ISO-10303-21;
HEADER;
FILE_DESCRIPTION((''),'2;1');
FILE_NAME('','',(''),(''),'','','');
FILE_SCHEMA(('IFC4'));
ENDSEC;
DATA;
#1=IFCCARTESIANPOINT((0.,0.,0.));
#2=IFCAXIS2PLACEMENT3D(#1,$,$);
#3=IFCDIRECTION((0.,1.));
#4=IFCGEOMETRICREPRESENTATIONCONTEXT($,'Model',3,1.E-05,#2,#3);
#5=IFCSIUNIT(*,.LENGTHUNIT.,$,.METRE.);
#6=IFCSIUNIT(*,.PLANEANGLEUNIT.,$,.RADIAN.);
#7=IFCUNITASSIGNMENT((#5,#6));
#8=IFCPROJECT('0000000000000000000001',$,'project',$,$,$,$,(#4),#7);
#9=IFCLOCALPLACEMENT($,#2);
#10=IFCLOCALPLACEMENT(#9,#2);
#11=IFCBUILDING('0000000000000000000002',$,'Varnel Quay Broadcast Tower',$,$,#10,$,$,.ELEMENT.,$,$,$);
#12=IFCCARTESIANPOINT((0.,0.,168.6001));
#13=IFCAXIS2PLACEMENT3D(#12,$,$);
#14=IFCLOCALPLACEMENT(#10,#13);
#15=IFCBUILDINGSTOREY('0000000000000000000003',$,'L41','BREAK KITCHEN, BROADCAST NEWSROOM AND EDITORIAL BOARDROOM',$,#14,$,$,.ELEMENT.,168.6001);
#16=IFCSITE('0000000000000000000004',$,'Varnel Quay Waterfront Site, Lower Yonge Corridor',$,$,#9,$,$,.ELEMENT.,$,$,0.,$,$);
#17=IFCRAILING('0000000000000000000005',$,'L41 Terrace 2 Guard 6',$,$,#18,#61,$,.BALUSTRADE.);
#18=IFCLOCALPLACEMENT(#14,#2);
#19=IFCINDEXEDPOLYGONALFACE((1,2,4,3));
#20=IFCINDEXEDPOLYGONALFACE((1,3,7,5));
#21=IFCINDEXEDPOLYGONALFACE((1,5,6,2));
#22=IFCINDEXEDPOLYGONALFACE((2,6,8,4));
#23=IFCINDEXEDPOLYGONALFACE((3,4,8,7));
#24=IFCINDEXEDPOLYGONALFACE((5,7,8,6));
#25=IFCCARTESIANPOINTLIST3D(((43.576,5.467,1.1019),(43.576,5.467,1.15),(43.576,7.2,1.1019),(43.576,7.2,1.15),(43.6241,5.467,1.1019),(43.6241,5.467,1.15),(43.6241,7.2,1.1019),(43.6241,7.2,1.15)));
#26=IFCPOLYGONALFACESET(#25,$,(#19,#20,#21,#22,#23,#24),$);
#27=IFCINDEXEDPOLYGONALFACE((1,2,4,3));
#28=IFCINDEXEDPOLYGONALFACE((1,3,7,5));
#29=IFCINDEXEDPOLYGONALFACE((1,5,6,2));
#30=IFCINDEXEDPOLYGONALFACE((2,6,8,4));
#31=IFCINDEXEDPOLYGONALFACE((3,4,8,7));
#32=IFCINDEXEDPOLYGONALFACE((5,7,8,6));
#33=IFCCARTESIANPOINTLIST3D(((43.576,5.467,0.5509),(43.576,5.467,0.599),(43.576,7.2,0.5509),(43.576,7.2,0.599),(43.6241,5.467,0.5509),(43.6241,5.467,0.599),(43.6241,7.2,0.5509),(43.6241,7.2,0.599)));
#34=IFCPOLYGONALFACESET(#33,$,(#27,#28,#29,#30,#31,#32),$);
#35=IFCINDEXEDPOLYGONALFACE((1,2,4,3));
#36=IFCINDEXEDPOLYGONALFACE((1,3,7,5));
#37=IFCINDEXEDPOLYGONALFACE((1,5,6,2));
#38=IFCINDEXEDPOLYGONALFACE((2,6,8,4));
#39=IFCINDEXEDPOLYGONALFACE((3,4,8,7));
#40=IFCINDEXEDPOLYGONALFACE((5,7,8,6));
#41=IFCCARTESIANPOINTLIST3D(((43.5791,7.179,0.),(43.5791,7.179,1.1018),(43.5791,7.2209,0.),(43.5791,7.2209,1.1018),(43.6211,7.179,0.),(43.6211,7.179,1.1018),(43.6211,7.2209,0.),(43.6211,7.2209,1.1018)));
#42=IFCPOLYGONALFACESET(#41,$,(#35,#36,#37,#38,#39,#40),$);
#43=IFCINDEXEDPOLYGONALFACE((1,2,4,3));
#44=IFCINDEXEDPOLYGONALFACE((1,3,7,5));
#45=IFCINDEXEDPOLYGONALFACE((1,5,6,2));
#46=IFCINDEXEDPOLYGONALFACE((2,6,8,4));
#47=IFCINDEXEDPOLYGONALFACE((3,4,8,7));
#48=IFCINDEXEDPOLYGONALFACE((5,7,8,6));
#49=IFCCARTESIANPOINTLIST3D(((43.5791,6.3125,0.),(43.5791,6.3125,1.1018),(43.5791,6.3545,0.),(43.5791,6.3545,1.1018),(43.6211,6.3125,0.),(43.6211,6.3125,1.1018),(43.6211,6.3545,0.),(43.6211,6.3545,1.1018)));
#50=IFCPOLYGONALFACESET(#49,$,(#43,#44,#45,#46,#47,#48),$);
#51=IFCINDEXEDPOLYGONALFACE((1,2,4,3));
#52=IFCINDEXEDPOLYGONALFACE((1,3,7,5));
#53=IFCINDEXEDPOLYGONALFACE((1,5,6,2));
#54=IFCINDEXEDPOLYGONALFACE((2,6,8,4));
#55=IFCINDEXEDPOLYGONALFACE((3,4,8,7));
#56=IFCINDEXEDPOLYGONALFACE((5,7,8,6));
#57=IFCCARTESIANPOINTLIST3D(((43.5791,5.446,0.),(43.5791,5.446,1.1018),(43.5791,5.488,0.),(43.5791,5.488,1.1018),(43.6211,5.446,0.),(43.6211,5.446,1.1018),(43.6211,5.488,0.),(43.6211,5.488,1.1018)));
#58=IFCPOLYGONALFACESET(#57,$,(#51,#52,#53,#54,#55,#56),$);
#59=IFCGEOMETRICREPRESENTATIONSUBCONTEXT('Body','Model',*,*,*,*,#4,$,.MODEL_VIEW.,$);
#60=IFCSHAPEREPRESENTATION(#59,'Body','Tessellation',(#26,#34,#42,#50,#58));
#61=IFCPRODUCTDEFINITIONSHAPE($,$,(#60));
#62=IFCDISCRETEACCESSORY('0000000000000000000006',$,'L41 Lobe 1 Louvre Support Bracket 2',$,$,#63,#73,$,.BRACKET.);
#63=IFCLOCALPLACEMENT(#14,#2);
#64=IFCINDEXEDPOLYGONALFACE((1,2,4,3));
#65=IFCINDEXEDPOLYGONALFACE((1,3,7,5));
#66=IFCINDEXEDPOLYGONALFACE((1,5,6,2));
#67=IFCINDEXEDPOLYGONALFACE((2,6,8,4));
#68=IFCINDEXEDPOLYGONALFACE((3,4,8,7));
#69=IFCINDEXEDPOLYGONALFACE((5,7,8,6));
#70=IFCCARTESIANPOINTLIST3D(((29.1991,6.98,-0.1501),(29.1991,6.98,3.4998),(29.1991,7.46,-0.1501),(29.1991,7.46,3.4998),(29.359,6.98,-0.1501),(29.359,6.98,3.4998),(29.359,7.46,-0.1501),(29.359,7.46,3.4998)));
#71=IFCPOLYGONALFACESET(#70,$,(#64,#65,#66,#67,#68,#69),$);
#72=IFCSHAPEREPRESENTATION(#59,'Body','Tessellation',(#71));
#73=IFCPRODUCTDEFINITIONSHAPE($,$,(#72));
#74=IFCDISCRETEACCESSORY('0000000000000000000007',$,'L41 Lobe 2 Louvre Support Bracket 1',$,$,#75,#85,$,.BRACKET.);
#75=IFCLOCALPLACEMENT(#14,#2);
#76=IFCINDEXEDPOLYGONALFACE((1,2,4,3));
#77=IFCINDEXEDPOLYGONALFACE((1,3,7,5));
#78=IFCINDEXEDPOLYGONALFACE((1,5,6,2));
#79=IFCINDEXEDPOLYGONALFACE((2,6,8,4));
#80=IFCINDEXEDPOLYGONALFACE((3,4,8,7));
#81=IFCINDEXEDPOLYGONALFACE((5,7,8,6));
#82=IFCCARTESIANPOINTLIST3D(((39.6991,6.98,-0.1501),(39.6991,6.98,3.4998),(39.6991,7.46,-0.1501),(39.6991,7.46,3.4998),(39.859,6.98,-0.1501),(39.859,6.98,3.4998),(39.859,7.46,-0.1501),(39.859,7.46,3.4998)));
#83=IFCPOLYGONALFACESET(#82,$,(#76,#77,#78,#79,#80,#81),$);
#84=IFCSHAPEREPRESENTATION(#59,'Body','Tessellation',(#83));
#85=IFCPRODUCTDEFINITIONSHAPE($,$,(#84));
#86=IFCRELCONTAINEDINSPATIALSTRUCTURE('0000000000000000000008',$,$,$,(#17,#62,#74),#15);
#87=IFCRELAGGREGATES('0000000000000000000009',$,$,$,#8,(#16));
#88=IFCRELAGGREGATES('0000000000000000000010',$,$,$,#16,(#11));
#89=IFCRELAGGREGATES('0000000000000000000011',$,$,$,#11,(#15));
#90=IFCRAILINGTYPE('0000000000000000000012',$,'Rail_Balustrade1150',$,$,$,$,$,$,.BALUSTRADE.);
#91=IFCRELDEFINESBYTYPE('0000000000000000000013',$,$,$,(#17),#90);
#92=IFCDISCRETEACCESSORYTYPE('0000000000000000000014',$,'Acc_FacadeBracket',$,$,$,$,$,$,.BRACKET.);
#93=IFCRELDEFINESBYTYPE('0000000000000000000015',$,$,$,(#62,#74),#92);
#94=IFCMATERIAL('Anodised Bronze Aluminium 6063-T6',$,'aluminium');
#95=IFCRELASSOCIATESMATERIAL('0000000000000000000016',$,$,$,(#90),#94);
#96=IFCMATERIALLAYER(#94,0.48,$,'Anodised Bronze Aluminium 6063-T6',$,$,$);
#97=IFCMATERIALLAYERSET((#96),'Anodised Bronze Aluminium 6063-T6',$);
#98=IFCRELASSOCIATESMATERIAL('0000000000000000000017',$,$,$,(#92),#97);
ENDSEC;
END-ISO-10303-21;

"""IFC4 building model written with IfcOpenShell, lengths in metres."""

from ifc_helpers import new_model, si_unit, direction, frame, origin, origin_2d, place, context, subcontext, project, spatial, rectangle, extrude, source, transform, mapped, material, layer, layer_set, type_object, type_shapes, element, save


model = new_model("IFC4")

# Units and contexts
model_context = context("Model", 3, precision=1e-05, world=origin(), true_north=direction((0.0, 1.0)))
body_context = subcontext(model_context, "Body", "Model", "MODEL_VIEW")
ifc_project = project(units=[si_unit("LENGTHUNIT", "METRE"), si_unit("PLANEANGLEUNIT", "RADIAN")], contexts=[model_context])

# Site, building, storey
site_placement = place(None, origin())
site = spatial("IfcSite", under=ifc_project, at=site_placement, Name="Varnel Quay Waterfront Site, Lower Yonge Corridor", CompositionType="ELEMENT", RefElevation=0.0)
building_placement = place(site_placement, origin())
building = spatial("IfcBuilding", under=site, at=building_placement, Name="Varnel Quay Broadcast Tower", CompositionType="ELEMENT")
storey_placement = place(building_placement, frame((0.0, 0.0, 168.6001)))
storey = spatial("IfcBuildingStorey", under=building, at=storey_placement, Name="L41", Description="BREAK KITCHEN, BROADCAST NEWSROOM AND EDITORIAL BOARDROOM", CompositionType="ELEMENT", Elevation=168.6001)

# Shared definitions
ifc_material_1 = material(Name="Anodised Bronze Aluminium 6063-T6", Category="aluminium")

# Railing
railing_type = type_object("IfcRailingType", Name="Rail_Balustrade1150", PredefinedType="BALUSTRADE", material=ifc_material_1)
railing_1_placement = place(storey_placement, frame((43.6001, 7.2, 0.0)))
element("IfcRailing", 1, at=railing_1_placement, inside=storey, type_object=railing_type, Name="L41 Terrace 2 Guard 6", PredefinedType="BALUSTRADE", context=body_context, shape_type="SweptSolid", body=[
    extrude(rectangle(XDim=0.0481, YDim=0.0481, at=origin_2d()), frame((0.0, 0.0, 1.126), z_axis=(0.0, -1.0, 0.0), x_axis=(1.0, 0.0, 0.0)), (0.0, 0.0, 1.0), 1.7329),
    extrude(rectangle(XDim=0.0481, YDim=0.0481, at=origin_2d()), frame((0.0, 0.0, 0.575), z_axis=(0.0, -1.0, 0.0), x_axis=(1.0, 0.0, 0.0)), (0.0, 0.0, 1.0), 1.7329),
    extrude(rectangle(XDim=0.042, YDim=0.042, at=origin_2d()), origin(), (0.0, 0.0, 1.0), 1.1018),
    extrude(rectangle(XDim=0.042, YDim=0.042, at=origin_2d()), frame((0.0, -0.8665, 0.0)), (0.0, 0.0, 1.0), 1.1018),
    extrude(rectangle(XDim=0.042, YDim=0.042, at=origin_2d()), frame((0.0, -1.7329, 0.0)), (0.0, 0.0, 1.0), 1.1018),
])

# Discrete accessories
ifc_layer_1 = layer(ifc_material_1, 0.48, Name="Anodised Bronze Aluminium 6063-T6")
ifc_layer_set_1 = layer_set([ifc_layer_1], Name="Anodised Bronze Aluminium 6063-T6")
discrete_accessory_type = type_object("IfcDiscreteAccessoryType", Name="Acc_FacadeBracket", PredefinedType="BRACKET", material=ifc_layer_set_1)
shared_shape_1 = source(origin(), body_context, "Body", "SweptSolid", [
    extrude(rectangle(XDim=0.1599, YDim=0.48, at=origin_2d()), origin(), (0.0, 0.0, 1.0), 3.6499),
])
type_shapes(discrete_accessory_type, [shared_shape_1])
for number, where, z_axis, x_axis, name in (
    (2, (29.2791, 7.22, -0.1501), (0.0, 0.0, 1.0), (1.0, 0.0, 0.0), "L41 Lobe 1 Louvre Support Bracket 2"),
    (3, (39.7791, 7.22, -0.1501), (0.0, 0.0, 1.0), (1.0, 0.0, 0.0), "L41 Lobe 2 Louvre Support Bracket 1"),
):
    element("IfcDiscreteAccessory", number, at=place(storey_placement, frame(where, z_axis=z_axis, x_axis=x_axis)), inside=storey, type_object=discrete_accessory_type, Name=name, PredefinedType="BRACKET", context=body_context, shape_type="MappedRepresentation", body=[
        mapped(shared_shape_1, transform((0.0, 0.0, 0.0), x_axis=(1.0, 0.0, 0.0), y_axis=(0.0, 1.0, 0.0), z_axis=(0.0, 0.0, 1.0), scale=1.0)),
    ])

save(model, "model.ifc")
